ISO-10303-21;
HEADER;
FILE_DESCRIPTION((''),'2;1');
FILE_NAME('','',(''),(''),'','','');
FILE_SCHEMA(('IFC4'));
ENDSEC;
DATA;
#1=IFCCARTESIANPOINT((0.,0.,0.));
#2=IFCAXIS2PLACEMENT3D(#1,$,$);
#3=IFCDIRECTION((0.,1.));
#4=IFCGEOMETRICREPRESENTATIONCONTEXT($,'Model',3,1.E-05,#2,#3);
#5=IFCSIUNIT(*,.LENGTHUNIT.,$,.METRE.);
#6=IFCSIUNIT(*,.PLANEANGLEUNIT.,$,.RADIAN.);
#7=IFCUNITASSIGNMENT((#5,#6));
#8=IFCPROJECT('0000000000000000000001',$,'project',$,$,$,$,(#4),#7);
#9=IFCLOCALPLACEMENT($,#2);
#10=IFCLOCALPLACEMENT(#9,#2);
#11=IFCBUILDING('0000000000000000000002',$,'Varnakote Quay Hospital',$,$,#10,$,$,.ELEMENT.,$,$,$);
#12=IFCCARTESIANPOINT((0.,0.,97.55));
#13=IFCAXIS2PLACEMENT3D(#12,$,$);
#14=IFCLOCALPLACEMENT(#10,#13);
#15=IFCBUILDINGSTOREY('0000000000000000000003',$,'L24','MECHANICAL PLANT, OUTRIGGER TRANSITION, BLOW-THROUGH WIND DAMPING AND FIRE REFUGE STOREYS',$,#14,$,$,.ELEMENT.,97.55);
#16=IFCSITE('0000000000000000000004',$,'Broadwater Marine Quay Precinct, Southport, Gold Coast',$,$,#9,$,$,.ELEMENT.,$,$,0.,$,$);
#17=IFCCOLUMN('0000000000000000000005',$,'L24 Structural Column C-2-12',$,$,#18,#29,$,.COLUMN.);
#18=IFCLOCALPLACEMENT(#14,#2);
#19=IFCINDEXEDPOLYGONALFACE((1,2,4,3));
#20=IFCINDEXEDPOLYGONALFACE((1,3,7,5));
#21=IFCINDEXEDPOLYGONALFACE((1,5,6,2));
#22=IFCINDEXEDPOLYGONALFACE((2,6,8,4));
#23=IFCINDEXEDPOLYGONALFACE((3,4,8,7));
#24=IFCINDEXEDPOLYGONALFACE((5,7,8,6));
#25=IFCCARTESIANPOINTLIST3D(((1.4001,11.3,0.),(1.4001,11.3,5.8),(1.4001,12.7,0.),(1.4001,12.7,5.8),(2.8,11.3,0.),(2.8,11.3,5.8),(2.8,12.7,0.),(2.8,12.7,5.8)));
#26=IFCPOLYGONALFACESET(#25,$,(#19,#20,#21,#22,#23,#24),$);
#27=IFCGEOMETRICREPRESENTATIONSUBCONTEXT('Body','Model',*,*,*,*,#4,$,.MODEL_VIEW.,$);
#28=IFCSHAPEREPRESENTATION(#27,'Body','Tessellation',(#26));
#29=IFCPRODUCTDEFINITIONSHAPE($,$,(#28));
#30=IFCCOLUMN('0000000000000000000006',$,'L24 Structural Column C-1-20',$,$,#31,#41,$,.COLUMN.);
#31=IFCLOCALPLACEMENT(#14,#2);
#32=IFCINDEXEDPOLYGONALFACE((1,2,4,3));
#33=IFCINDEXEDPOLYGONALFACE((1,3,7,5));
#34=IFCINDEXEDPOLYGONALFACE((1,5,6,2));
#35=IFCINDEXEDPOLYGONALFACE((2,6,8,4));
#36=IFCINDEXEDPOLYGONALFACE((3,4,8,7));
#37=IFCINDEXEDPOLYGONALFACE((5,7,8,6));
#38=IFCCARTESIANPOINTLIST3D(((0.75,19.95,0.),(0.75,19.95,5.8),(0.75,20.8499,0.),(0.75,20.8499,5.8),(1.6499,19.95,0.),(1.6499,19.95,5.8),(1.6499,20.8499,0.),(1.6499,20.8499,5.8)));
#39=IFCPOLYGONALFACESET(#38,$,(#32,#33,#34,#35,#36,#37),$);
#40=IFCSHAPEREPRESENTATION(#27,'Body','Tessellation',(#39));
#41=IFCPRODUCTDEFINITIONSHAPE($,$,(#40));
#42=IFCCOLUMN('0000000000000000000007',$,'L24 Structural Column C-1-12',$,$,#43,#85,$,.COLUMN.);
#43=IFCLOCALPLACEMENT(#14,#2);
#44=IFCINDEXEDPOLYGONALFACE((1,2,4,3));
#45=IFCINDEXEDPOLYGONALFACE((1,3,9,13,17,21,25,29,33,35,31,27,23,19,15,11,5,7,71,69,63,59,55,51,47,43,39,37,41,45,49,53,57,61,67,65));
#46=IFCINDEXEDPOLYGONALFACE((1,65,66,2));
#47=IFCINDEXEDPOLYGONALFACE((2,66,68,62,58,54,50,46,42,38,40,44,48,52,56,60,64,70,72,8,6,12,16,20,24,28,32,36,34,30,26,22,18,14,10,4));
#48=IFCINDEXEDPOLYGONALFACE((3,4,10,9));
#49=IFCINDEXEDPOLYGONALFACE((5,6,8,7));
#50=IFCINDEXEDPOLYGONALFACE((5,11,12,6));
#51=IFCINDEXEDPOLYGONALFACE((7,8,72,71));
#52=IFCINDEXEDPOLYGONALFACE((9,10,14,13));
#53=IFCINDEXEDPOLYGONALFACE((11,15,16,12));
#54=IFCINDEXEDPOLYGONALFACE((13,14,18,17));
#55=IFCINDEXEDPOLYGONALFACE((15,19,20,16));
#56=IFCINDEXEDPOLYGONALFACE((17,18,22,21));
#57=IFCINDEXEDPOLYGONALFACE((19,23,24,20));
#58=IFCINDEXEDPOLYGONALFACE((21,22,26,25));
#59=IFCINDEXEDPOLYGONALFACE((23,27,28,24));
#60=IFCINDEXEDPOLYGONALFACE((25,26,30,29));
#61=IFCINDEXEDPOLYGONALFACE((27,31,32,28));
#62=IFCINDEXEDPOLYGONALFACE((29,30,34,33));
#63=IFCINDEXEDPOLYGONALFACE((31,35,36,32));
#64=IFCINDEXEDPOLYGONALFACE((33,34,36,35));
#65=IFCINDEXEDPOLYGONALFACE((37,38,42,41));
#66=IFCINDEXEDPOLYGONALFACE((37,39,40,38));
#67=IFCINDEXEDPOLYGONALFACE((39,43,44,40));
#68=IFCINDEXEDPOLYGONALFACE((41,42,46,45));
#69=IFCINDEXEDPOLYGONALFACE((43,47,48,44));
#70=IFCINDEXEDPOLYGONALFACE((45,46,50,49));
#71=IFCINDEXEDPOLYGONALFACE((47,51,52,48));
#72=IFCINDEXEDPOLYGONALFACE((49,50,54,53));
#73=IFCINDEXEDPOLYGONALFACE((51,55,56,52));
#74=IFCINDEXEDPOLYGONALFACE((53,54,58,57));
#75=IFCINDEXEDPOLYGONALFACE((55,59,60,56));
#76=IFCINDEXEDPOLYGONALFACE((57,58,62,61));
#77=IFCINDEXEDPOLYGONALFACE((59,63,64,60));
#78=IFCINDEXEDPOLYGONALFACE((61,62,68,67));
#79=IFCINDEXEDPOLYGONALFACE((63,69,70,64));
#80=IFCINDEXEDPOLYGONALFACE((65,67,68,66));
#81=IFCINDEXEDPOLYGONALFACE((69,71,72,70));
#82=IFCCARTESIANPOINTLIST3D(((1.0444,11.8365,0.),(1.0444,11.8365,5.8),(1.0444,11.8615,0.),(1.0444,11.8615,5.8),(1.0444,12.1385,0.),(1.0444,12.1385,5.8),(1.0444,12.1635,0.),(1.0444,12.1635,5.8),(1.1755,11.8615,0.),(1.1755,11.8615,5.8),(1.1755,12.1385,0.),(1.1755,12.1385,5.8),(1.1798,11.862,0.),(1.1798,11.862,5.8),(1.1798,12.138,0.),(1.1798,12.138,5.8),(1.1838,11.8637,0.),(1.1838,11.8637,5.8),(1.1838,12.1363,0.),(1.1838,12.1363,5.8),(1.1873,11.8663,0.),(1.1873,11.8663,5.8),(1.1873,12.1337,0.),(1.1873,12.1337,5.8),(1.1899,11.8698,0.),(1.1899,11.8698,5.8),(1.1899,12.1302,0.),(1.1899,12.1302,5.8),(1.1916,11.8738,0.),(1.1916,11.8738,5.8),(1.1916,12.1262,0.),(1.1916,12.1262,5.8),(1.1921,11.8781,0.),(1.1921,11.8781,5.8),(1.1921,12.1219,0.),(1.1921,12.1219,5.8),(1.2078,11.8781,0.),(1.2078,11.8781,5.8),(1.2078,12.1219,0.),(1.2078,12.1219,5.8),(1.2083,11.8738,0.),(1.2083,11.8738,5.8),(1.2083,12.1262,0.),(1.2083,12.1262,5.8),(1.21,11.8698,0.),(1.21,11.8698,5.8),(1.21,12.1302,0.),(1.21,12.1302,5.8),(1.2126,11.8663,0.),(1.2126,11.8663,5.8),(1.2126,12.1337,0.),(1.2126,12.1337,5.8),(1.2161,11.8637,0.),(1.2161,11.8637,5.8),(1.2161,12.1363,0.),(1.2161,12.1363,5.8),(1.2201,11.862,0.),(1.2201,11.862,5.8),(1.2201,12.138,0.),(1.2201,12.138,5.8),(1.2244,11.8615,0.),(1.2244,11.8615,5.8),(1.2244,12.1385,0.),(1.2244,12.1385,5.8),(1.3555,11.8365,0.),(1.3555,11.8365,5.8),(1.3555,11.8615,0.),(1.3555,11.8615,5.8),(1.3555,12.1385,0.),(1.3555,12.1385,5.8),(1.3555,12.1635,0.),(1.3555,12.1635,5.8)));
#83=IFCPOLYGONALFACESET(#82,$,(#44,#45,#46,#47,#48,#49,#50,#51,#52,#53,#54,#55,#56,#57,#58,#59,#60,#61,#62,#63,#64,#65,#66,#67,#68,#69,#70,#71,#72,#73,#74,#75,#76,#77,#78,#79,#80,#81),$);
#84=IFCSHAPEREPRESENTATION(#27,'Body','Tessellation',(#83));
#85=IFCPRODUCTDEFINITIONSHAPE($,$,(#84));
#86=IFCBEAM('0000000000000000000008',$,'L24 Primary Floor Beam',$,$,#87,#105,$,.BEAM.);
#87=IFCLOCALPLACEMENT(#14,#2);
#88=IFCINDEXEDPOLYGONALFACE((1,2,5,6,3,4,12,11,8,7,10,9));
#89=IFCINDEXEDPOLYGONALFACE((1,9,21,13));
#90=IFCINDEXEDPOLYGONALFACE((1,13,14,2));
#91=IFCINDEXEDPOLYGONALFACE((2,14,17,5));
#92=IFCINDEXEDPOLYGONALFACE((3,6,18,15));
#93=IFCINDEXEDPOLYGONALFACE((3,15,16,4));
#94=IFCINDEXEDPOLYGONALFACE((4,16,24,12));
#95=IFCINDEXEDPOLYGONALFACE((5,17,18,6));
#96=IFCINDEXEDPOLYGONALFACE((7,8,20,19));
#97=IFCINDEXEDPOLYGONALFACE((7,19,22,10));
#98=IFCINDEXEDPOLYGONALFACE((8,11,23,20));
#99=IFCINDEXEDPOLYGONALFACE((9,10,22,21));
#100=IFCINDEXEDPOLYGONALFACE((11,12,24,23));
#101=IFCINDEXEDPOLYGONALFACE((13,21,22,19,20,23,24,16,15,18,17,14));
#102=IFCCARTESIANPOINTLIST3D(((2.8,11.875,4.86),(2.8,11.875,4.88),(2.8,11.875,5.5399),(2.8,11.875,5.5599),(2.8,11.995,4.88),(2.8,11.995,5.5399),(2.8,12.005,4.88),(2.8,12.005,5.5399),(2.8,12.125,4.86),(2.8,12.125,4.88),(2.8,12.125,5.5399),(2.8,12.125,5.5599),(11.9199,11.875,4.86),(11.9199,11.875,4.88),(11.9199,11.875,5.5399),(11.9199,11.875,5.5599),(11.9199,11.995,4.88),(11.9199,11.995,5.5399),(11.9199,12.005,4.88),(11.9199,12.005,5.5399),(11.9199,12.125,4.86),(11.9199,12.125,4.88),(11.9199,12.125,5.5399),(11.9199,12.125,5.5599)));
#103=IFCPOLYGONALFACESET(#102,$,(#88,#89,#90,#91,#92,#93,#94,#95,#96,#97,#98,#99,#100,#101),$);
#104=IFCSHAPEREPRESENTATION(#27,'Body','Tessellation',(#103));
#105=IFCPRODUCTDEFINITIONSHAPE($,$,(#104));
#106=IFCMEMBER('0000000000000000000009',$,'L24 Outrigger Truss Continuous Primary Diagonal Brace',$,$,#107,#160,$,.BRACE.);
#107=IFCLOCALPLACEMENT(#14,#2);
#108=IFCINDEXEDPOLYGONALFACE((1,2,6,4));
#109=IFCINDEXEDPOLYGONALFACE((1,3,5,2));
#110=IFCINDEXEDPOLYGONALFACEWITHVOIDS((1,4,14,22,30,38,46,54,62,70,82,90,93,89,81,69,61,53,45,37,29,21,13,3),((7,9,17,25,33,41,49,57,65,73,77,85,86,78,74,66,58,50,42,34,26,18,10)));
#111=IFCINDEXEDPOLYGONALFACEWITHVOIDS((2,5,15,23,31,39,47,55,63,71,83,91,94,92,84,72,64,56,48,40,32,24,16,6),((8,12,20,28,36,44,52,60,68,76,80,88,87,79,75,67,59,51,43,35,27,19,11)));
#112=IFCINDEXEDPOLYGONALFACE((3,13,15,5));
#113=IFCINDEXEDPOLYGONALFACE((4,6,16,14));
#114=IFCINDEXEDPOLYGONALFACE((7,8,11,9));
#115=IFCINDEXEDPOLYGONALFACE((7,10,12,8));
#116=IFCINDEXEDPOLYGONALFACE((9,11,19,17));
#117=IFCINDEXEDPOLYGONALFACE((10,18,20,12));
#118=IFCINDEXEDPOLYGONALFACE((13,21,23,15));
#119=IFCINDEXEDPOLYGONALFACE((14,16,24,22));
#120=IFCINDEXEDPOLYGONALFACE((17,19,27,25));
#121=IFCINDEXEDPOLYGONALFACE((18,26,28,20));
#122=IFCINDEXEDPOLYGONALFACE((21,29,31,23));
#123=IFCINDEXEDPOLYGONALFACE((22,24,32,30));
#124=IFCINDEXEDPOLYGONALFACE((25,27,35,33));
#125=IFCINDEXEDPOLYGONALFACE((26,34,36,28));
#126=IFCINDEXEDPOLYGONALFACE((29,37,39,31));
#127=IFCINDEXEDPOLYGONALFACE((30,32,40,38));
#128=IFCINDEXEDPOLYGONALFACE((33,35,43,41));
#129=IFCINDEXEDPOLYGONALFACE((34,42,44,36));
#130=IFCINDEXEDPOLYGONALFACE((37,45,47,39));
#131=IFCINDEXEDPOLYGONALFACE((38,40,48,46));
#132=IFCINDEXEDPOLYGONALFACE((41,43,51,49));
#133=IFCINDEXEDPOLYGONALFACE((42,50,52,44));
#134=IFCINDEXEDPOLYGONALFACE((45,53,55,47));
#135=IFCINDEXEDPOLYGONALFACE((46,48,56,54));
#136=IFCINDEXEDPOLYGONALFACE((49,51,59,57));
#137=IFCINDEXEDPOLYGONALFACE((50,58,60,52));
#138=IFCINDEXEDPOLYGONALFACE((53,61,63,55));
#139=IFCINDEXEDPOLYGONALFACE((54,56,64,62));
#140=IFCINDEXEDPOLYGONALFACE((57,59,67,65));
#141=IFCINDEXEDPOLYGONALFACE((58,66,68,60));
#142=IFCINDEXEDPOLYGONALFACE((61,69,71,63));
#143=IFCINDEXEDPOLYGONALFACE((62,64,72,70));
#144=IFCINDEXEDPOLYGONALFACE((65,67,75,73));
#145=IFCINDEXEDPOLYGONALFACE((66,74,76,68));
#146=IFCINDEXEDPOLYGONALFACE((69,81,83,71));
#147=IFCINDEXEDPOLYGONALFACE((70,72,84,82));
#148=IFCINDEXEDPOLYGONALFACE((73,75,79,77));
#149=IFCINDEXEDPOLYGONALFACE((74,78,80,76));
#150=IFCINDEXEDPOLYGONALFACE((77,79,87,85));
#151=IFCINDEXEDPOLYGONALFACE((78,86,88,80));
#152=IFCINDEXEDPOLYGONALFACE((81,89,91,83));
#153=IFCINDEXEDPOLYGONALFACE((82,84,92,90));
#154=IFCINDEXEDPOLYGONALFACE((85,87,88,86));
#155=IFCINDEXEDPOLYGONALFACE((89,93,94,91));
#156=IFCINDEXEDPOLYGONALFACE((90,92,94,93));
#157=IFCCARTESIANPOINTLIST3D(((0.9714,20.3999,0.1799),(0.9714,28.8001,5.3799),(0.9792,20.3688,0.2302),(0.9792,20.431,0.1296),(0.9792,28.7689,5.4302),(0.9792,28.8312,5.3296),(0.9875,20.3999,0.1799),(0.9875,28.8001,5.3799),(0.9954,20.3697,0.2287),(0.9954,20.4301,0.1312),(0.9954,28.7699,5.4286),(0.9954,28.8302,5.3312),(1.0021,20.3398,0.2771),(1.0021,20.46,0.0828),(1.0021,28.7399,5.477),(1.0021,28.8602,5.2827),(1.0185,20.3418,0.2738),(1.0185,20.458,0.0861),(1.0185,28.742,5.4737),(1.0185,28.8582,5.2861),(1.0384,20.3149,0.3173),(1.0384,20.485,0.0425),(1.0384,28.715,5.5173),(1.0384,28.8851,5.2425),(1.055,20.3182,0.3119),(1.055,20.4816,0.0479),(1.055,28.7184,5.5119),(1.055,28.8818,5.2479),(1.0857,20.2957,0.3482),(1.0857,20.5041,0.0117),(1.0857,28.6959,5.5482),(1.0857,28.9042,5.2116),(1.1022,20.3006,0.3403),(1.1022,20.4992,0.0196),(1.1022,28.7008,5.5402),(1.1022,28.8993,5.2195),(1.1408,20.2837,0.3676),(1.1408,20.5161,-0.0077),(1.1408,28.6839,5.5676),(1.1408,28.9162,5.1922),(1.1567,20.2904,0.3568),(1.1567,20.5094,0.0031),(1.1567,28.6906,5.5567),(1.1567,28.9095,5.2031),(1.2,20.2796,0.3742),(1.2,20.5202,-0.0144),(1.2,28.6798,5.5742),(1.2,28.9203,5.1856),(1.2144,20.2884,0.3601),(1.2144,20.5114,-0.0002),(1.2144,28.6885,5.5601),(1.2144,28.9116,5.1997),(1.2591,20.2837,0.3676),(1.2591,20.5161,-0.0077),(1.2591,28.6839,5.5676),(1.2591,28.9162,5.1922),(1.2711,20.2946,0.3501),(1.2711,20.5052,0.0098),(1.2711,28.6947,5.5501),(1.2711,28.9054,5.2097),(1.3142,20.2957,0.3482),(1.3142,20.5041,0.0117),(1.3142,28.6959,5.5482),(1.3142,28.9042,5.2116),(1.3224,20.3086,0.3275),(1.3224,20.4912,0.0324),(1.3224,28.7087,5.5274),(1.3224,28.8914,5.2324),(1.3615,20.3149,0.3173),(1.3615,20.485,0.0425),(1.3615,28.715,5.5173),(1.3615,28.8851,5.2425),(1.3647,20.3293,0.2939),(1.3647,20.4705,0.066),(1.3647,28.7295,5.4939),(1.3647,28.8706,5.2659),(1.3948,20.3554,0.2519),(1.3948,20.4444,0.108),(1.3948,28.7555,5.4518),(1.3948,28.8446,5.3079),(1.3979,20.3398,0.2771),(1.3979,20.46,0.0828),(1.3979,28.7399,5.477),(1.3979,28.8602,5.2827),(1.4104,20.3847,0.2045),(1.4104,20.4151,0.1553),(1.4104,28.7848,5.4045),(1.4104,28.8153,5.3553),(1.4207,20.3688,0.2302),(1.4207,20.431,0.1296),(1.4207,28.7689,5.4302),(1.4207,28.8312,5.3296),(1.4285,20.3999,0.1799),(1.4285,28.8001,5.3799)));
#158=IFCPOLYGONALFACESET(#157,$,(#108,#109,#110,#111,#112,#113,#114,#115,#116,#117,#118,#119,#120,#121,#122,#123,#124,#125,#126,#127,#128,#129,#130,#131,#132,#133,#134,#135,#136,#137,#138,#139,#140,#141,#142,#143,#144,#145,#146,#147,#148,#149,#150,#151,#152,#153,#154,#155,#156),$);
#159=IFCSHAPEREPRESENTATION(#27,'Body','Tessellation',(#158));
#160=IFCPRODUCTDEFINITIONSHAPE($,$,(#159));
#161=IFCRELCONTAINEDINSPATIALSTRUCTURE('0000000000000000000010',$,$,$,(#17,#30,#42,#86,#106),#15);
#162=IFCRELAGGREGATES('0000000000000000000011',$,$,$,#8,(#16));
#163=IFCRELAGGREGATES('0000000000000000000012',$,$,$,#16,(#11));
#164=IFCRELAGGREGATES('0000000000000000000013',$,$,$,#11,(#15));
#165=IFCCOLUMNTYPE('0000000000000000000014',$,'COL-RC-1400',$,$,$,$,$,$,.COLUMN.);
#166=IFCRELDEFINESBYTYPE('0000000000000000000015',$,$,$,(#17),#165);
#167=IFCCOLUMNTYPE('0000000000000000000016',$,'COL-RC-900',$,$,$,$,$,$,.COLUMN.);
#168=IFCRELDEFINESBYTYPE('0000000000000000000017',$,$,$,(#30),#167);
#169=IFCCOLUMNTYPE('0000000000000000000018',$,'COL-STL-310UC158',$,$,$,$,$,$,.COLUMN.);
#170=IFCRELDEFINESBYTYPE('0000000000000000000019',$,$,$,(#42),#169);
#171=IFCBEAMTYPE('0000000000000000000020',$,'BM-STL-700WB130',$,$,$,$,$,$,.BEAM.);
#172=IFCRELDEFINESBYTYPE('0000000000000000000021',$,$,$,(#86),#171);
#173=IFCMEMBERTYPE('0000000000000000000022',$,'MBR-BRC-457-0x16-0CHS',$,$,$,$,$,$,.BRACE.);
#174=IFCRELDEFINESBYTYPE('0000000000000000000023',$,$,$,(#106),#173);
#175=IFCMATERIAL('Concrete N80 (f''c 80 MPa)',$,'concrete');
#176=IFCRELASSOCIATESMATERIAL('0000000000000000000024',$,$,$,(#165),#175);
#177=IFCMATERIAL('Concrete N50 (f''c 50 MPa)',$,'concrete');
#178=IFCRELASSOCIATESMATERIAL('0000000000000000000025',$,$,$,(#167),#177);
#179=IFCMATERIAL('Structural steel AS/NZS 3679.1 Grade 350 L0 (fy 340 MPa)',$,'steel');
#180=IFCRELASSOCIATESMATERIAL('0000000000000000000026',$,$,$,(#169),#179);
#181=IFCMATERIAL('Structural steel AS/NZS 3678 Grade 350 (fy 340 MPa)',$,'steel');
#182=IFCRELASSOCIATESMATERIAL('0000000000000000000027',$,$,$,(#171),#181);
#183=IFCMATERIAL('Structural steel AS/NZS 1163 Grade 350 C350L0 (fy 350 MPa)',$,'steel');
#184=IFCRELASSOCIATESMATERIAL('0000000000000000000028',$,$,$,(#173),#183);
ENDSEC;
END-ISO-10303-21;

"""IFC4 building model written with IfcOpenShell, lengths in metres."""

from ifc_helpers import new_model, si_unit, direction, frame, origin, origin_2d, place, context, subcontext, project, spatial, rectangle, hollow_circle, i_section, extrude, material, material_profile, profile_set, type_object, element, save


model = new_model("IFC4")

# Units and contexts
model_context = context("Model", 3, precision=1e-05, world=origin(), true_north=direction((0.0, 1.0)))
body_context = subcontext(model_context, "Body", "Model", "MODEL_VIEW")
ifc_project = project(units=[si_unit("LENGTHUNIT", "METRE"), si_unit("PLANEANGLEUNIT", "RADIAN")], contexts=[model_context])

# Site, building, storey
site_placement = place(None, origin())
site = spatial("IfcSite", under=ifc_project, at=site_placement, Name="Broadwater Marine Quay Precinct, Southport, Gold Coast", CompositionType="ELEMENT", RefElevation=0.0)
building_placement = place(site_placement, origin())
building = spatial("IfcBuilding", under=site, at=building_placement, Name="Varnakote Quay Hospital", CompositionType="ELEMENT")
storey_placement = place(building_placement, frame((0.0, 0.0, 97.55)))
storey = spatial("IfcBuildingStorey", under=building, at=storey_placement, Name="L24", Description="MECHANICAL PLANT, OUTRIGGER TRANSITION, BLOW-THROUGH WIND DAMPING AND FIRE REFUGE STOREYS", CompositionType="ELEMENT", Elevation=97.55)

# Columns
ifc_material_1 = material(Name="Concrete N80 (f'c 80 MPa)", Category="concrete")
ifc_material_profile_1 = material_profile(ifc_material_1, rectangle(XDim=1.3999, YDim=1.3999, at=origin_2d()), Name="RC-COL-1400x1400")
ifc_profile_set_1 = profile_set([ifc_material_profile_1], Name="Concrete N80 (f'c 80 MPa)")
column_type_1 = type_object("IfcColumnType", Name="COL-RC-1400", PredefinedType="COLUMN", material=ifc_profile_set_1)
column_1_placement = place(storey_placement, frame((2.1001, 12.0, 0.0), z_axis=(0.0, 0.0, 1.0), x_axis=(1.0, 0.0, 0.0)))
element("IfcColumn", 1, at=column_1_placement, inside=storey, type_object=column_type_1, Name="L24 Structural Column C-2-12", PredefinedType="COLUMN", context=body_context, shape_type="SweptSolid", body=[
    extrude(rectangle(XDim=1.3999, YDim=1.3999, at=origin_2d()), origin(), (0.0, 0.0, 1.0), 5.8),
])
ifc_material_2 = material(Name="Concrete N50 (f'c 50 MPa)", Category="concrete")
ifc_material_profile_2 = material_profile(ifc_material_2, rectangle(XDim=0.8999, YDim=0.8999, at=origin_2d()), Name="RC-COL-900x900")
ifc_profile_set_2 = profile_set([ifc_material_profile_2], Name="Concrete N50 (f'c 50 MPa)")
column_type_2 = type_object("IfcColumnType", Name="COL-RC-900", PredefinedType="COLUMN", material=ifc_profile_set_2)
column_2_placement = place(storey_placement, frame((1.2, 20.3999, 0.0), z_axis=(0.0, 0.0, 1.0), x_axis=(1.0, 0.0, 0.0)))
element("IfcColumn", 2, at=column_2_placement, inside=storey, type_object=column_type_2, Name="L24 Structural Column C-1-20", PredefinedType="COLUMN", context=body_context, shape_type="SweptSolid", body=[
    extrude(rectangle(XDim=0.8999, YDim=0.8999, at=origin_2d()), origin(), (0.0, 0.0, 1.0), 5.8),
])
ifc_material_3 = material(Name="Structural steel AS/NZS 3679.1 Grade 350 L0 (fy 340 MPa)", Category="steel")
ifc_material_profile_3 = material_profile(ifc_material_3, i_section(OverallWidth=0.311, OverallDepth=0.3269, WebThickness=0.0156, FlangeThickness=0.0249, FilletRadius=0.0166, at=origin_2d()), Name="310UC158")
ifc_profile_set_3 = profile_set([ifc_material_profile_3], Name="Structural steel AS/NZS 3679.1 Grade 350 L0 (fy 340 MPa)")
column_type_3 = type_object("IfcColumnType", Name="COL-STL-310UC158", PredefinedType="COLUMN", material=ifc_profile_set_3)
column_3_placement = place(storey_placement, frame((1.2, 12.0, 0.0), z_axis=(0.0, 0.0, 1.0), x_axis=(1.0, 0.0, 0.0)))
element("IfcColumn", 3, at=column_3_placement, inside=storey, type_object=column_type_3, Name="L24 Structural Column C-1-12", PredefinedType="COLUMN", context=body_context, shape_type="SweptSolid", body=[
    extrude(i_section(OverallWidth=0.311, OverallDepth=0.3269, WebThickness=0.0156, FlangeThickness=0.0249, FilletRadius=0.0166, at=origin_2d()), origin(), (0.0, 0.0, 1.0), 5.8),
])

# Beam
ifc_material_4 = material(Name="Structural steel AS/NZS 3678 Grade 350 (fy 340 MPa)", Category="steel")
ifc_material_profile_4 = material_profile(ifc_material_4, i_section(OverallWidth=0.25, OverallDepth=0.7, WebThickness=0.01, FlangeThickness=0.02, at=origin_2d()), Name="700WB130")
ifc_profile_set_4 = profile_set([ifc_material_profile_4], Name="Structural steel AS/NZS 3678 Grade 350 (fy 340 MPa)")
beam_type_1 = type_object("IfcBeamType", Name="BM-STL-700WB130", PredefinedType="BEAM", material=ifc_profile_set_4)
beam_1_placement = place(storey_placement, frame((2.8, 12.0, 5.21), z_axis=(1.0, 0.0, 0.0), x_axis=(0.0, 1.0, 0.0)))
element("IfcBeam", 4, at=beam_1_placement, inside=storey, type_object=beam_type_1, Name="L24 Primary Floor Beam", PredefinedType="BEAM", context=body_context, shape_type="SweptSolid", body=[
    extrude(i_section(OverallWidth=0.25, OverallDepth=0.7, WebThickness=0.01, FlangeThickness=0.02, at=origin_2d()), origin(), (0.0, 0.0, 1.0), 9.1199),
])

# Member
ifc_material_5 = material(Name="Structural steel AS/NZS 1163 Grade 350 C350L0 (fy 350 MPa)", Category="steel")
ifc_material_profile_5 = material_profile(ifc_material_5, hollow_circle(Radius=0.2285, WallThickness=0.0161, at=origin_2d()), Name="457.0x16.0CHS")
ifc_profile_set_5 = profile_set([ifc_material_profile_5], Name="Structural steel AS/NZS 1163 Grade 350 C350L0 (fy 350 MPa)")
member_type_1 = type_object("IfcMemberType", Name="MBR-BRC-457-0x16-0CHS", PredefinedType="BRACE", material=ifc_profile_set_5)
member_1_placement = place(storey_placement, frame((1.2, 20.3999, 0.1799), z_axis=(0.0, 0.850271, 0.526344), x_axis=(-1.0, 0.0, 0.0)))
element("IfcMember", 5, at=member_1_placement, inside=storey, type_object=member_type_1, Name="L24 Outrigger Truss Continuous Primary Diagonal Brace", PredefinedType="BRACE", context=body_context, shape_type="SweptSolid", body=[
    extrude(hollow_circle(Radius=0.2285, WallThickness=0.0161, at=origin_2d()), origin(), (0.0, 0.0, 1.0), 9.8794),
])

save(model, "model.ifc")
